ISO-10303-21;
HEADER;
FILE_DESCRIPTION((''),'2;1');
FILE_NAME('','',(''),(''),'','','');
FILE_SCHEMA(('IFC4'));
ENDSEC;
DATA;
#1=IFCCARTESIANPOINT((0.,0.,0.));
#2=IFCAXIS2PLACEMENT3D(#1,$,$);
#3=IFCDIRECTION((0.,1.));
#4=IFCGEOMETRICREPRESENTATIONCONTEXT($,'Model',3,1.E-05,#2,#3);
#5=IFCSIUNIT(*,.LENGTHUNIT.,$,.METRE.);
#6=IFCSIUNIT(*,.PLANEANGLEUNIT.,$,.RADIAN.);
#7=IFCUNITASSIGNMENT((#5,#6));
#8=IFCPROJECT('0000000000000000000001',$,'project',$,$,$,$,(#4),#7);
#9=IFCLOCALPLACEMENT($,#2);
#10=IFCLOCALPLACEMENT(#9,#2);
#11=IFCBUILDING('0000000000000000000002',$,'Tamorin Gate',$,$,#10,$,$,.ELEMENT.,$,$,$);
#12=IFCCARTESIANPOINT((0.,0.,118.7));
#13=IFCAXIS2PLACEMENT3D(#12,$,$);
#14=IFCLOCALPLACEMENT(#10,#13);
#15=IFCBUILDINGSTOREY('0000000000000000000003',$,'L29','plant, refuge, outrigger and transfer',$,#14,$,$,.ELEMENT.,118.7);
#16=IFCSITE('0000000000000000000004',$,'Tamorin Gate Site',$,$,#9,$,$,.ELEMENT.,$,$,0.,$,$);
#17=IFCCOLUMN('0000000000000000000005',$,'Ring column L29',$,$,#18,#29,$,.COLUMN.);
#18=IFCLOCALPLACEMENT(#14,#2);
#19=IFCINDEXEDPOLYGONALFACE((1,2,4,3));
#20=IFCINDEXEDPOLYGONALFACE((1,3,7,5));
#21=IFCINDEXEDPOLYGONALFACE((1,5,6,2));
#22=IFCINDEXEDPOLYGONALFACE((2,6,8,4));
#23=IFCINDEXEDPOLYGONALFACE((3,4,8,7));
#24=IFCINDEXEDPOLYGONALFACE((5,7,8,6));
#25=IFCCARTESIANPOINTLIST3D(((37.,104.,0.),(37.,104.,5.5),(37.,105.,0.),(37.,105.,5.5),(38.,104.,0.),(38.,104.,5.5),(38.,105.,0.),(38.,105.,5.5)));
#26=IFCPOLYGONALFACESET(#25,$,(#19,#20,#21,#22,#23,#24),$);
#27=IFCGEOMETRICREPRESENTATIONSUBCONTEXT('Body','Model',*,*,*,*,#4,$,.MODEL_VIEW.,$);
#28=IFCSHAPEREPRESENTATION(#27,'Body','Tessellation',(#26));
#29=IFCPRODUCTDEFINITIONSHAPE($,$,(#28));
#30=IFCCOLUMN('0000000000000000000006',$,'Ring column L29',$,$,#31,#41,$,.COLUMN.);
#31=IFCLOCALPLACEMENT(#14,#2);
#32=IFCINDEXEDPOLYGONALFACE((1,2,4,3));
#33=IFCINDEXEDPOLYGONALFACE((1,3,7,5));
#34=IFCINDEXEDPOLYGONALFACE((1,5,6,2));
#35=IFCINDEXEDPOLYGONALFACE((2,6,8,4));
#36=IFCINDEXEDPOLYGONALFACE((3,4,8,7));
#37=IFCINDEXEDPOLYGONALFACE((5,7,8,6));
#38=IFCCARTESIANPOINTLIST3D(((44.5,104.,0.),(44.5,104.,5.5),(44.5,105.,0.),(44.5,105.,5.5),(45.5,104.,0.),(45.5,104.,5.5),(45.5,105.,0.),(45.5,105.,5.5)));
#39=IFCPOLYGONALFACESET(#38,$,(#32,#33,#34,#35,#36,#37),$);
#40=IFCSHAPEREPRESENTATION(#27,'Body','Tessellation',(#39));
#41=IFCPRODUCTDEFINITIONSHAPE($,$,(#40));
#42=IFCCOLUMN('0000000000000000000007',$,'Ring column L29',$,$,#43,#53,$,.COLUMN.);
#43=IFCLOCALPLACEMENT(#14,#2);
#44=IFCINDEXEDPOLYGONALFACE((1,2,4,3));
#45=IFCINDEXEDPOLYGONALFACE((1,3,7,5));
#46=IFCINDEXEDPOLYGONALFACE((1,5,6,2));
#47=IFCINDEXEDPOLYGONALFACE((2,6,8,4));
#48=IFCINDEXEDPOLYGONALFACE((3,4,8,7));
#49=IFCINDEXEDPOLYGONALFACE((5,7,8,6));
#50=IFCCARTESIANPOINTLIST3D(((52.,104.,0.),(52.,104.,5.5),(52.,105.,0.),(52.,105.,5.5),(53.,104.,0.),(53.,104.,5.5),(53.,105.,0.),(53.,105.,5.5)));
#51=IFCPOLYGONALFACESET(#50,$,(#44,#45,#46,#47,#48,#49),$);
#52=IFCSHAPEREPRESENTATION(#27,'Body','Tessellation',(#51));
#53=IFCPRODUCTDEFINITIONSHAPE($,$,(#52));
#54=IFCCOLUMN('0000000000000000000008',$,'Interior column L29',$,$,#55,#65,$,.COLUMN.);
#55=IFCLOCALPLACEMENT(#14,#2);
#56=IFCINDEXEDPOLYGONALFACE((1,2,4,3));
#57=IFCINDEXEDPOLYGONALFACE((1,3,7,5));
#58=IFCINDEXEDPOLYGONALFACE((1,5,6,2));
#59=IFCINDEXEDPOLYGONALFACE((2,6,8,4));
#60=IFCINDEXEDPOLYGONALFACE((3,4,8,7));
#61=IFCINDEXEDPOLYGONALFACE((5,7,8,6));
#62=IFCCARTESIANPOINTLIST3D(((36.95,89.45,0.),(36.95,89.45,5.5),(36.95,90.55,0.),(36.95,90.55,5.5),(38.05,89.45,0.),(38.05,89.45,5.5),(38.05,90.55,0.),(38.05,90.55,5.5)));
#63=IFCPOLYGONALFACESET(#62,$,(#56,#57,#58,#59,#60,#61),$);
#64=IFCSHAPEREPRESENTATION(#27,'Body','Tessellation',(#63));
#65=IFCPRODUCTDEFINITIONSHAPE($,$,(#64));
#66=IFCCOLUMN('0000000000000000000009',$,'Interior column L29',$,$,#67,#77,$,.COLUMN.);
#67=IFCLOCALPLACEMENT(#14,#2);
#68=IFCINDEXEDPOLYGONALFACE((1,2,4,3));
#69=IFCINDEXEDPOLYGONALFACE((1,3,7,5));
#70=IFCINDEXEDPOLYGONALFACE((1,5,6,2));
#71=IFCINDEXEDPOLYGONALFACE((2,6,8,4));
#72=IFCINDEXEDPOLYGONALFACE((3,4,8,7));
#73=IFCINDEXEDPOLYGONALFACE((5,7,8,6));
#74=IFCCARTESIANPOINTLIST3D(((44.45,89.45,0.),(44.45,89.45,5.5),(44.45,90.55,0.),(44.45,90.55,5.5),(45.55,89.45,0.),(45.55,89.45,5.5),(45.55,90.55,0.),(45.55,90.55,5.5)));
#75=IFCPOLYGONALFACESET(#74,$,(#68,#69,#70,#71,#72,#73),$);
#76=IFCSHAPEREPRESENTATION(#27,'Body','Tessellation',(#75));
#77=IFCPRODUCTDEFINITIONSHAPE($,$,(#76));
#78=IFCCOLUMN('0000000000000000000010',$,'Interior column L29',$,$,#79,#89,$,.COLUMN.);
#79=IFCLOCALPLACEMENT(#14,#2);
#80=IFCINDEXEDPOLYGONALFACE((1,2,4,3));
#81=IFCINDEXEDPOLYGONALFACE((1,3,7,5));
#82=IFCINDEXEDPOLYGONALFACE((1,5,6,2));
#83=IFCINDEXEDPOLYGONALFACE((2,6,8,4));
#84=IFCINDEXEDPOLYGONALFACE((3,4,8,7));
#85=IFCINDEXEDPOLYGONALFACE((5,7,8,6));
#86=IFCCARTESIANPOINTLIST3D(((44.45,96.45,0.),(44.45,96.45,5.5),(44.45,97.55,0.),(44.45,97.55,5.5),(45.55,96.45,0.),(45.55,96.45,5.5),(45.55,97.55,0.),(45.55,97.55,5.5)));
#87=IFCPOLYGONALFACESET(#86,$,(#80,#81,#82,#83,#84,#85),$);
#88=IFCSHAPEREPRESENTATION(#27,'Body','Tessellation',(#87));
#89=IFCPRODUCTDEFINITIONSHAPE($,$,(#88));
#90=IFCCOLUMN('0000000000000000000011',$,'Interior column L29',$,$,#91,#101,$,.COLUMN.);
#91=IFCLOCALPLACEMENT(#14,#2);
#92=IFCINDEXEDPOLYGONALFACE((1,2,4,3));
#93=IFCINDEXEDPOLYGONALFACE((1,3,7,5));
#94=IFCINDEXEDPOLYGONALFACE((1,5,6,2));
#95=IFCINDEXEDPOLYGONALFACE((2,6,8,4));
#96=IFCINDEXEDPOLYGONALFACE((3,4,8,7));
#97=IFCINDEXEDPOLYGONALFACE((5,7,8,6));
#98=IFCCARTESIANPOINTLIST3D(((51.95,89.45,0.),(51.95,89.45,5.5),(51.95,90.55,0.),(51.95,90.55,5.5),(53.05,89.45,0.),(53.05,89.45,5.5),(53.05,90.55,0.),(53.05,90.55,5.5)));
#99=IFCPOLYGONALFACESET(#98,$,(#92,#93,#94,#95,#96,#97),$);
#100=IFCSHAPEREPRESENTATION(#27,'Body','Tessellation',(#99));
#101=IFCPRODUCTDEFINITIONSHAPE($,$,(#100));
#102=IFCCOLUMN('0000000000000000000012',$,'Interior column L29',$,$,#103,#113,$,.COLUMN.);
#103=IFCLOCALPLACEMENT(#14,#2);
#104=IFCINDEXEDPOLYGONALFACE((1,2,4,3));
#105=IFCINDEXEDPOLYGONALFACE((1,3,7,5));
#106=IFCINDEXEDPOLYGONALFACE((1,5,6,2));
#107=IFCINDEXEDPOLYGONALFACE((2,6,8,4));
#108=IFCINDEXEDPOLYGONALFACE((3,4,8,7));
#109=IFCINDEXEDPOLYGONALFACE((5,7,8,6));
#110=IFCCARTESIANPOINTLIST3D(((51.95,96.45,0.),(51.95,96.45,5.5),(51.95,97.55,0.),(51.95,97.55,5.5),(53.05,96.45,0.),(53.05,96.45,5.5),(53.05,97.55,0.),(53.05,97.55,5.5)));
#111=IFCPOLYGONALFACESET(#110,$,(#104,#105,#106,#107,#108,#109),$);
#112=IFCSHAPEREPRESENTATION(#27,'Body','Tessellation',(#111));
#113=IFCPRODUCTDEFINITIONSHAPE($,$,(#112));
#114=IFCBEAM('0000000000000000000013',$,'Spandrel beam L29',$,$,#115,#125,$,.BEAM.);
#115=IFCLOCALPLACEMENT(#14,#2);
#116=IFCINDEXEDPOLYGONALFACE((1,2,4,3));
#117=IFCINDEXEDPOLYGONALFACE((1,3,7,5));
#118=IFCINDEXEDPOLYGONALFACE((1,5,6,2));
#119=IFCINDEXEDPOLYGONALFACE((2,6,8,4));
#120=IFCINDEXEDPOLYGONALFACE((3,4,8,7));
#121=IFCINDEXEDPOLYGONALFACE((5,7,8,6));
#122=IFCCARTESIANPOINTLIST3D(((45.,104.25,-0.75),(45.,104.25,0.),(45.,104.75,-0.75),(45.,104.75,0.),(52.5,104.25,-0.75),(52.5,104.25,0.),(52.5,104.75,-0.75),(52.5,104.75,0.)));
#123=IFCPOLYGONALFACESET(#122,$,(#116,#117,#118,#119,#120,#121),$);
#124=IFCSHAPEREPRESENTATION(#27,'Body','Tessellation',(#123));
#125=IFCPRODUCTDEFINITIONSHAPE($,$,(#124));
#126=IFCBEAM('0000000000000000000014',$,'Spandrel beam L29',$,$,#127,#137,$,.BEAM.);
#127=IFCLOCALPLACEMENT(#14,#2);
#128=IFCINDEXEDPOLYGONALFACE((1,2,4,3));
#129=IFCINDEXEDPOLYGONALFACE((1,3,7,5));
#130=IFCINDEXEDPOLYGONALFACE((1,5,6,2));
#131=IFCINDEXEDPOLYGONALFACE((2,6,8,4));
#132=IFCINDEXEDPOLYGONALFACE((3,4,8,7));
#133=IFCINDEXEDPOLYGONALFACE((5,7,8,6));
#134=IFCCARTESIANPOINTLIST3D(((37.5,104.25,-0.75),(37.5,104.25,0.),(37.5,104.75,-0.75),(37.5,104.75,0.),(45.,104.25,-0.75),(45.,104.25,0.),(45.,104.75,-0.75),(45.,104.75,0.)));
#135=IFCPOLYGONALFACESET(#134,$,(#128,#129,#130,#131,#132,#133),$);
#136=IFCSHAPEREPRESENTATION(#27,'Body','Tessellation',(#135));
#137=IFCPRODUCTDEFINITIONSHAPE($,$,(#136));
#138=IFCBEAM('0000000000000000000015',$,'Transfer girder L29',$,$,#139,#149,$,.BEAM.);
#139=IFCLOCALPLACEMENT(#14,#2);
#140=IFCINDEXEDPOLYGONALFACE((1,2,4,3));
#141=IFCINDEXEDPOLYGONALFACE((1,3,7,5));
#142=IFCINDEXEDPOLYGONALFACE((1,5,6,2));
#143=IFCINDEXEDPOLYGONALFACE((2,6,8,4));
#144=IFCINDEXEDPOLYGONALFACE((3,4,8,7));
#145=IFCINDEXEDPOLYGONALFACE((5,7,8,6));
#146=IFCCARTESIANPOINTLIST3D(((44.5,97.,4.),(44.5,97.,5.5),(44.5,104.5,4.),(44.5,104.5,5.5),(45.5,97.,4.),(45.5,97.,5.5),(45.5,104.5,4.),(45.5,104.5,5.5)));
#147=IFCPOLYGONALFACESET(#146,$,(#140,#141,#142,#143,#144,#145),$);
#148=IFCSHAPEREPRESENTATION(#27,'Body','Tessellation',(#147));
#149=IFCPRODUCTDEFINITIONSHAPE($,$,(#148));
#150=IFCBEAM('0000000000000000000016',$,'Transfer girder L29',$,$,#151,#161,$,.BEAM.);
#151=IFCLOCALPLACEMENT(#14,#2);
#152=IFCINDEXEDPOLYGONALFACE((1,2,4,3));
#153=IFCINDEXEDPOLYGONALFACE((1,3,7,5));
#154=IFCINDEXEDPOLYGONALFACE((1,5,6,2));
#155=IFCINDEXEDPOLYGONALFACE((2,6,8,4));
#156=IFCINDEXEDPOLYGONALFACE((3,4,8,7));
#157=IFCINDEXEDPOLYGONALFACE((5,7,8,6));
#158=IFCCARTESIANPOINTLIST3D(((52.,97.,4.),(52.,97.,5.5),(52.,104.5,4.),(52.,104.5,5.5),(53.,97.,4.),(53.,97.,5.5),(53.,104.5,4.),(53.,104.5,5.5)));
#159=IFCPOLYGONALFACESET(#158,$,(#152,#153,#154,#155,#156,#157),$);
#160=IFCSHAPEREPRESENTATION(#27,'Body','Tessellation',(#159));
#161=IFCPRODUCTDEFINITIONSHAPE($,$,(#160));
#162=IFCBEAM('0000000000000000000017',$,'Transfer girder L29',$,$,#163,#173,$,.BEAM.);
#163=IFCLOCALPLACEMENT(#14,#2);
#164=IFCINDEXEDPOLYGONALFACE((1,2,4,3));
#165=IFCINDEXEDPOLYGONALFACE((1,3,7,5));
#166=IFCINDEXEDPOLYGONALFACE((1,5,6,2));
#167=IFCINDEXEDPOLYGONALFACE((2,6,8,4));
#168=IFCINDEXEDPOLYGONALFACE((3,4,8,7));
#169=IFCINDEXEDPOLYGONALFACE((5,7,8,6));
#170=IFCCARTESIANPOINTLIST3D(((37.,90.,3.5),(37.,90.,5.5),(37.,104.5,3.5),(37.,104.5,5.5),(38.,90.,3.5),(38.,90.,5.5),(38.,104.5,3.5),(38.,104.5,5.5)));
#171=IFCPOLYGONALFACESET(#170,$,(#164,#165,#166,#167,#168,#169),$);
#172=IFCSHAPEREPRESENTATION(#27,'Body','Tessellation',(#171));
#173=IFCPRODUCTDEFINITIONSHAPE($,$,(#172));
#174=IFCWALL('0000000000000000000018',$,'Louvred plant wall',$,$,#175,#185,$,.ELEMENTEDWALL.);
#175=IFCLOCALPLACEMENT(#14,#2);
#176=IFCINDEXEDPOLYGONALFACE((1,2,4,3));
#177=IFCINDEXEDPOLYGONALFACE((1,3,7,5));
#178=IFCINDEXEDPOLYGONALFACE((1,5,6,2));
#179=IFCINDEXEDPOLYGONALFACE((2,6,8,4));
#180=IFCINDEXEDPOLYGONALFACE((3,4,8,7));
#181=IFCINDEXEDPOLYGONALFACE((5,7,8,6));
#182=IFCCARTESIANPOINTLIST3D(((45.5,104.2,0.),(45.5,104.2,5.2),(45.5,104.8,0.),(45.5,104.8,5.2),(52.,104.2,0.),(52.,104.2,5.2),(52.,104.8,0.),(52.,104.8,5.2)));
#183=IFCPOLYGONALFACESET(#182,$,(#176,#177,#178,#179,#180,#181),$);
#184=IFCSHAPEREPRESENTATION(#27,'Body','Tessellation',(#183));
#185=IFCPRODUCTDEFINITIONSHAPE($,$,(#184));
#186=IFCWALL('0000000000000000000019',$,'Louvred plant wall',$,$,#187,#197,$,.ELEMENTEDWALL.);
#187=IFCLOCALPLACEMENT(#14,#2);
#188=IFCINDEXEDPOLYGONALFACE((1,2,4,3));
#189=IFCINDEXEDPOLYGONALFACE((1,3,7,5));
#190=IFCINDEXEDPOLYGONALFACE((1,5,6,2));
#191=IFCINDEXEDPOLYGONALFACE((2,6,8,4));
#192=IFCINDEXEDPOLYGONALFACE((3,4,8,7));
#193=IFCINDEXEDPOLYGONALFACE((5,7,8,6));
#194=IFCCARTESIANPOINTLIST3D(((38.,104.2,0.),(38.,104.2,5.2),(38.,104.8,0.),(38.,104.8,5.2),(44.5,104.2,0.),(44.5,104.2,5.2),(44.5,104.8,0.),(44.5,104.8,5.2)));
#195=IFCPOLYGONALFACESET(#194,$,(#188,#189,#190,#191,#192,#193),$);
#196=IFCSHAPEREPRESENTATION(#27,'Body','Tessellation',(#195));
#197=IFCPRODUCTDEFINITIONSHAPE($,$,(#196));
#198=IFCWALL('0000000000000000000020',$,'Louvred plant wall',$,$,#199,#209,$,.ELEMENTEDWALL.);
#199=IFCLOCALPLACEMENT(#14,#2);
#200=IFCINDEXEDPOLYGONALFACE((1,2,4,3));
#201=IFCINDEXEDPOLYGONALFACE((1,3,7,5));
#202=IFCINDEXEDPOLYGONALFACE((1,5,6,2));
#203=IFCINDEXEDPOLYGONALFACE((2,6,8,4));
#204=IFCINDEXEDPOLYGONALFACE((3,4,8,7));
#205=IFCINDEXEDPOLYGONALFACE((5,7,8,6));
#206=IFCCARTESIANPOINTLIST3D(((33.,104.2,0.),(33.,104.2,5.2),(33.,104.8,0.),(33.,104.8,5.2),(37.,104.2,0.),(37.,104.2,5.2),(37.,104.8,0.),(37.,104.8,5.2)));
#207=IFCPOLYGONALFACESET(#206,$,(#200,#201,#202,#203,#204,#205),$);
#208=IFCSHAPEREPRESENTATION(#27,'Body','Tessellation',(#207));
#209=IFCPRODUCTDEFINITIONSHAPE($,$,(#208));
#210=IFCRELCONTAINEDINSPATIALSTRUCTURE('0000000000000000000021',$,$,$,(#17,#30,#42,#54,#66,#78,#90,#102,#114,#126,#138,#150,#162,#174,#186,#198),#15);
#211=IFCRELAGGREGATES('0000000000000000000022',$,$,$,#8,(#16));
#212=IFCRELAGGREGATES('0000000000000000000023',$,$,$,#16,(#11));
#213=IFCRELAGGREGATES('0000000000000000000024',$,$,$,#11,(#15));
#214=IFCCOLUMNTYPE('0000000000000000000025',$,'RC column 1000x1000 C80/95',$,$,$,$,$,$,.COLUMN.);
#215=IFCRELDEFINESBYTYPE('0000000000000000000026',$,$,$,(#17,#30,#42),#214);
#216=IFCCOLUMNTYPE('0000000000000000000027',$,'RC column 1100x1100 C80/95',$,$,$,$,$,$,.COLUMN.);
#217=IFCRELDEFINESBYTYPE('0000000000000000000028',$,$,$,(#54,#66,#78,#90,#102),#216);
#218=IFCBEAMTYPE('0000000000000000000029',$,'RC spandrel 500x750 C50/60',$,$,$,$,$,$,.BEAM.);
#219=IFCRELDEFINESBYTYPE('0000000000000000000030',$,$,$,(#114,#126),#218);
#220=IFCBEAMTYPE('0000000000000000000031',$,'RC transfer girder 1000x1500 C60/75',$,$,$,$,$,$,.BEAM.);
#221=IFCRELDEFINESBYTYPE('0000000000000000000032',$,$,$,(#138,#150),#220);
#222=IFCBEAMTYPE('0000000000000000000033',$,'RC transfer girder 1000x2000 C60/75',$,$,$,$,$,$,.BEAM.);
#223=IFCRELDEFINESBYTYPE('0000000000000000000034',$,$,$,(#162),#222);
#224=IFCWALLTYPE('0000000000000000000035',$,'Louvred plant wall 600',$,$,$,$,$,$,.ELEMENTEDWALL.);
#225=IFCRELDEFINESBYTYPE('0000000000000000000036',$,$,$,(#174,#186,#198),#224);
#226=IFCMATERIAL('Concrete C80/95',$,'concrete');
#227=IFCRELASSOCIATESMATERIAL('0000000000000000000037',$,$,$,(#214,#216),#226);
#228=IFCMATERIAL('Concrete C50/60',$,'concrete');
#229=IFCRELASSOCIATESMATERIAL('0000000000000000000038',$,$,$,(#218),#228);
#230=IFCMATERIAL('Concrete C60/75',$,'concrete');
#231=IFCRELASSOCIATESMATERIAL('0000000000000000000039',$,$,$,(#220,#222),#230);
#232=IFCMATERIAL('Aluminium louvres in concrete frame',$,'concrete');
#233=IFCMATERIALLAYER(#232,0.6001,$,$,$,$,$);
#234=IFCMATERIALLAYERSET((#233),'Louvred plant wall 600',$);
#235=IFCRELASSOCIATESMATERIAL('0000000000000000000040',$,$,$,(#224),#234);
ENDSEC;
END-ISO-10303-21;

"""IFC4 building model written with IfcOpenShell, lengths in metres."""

from ifc_helpers import new_model, si_unit, direction, frame, frame_2d, origin, origin_2d, place, context, subcontext, project, spatial, rectangle, extrude, material, layer, layer_set, material_profile, profile_set, type_object, element, save


model = new_model("IFC4")

# Units and contexts
model_context = context("Model", 3, precision=1e-05, world=origin(), true_north=direction((0.0, 1.0)))
body_context = subcontext(model_context, "Body", "Model", "MODEL_VIEW")
ifc_project = project(units=[si_unit("LENGTHUNIT", "METRE"), si_unit("PLANEANGLEUNIT", "RADIAN")], contexts=[model_context])

# Site, building, storey
site_placement = place(None, origin())
site = spatial("IfcSite", under=ifc_project, at=site_placement, Name="Tamorin Gate Site", CompositionType="ELEMENT", RefElevation=0.0)
building_placement = place(site_placement, origin())
building = spatial("IfcBuilding", under=site, at=building_placement, Name="Tamorin Gate", CompositionType="ELEMENT")
storey_placement = place(building_placement, frame((0.0, 0.0, 118.7)))
storey = spatial("IfcBuildingStorey", under=building, at=storey_placement, Name="L29", Description="plant, refuge, outrigger and transfer", CompositionType="ELEMENT", Elevation=118.7)

# Columns
ifc_material_1 = material(Name="Concrete C80/95", Category="concrete")
ifc_material_profile_1 = material_profile(ifc_material_1, rectangle(XDim=1.0, YDim=1.0, at=origin_2d()), Name="RC 1000x1000")
ifc_profile_set_1 = profile_set([ifc_material_profile_1], Name="Concrete C80/95")
column_type_1 = type_object("IfcColumnType", Name="RC column 1000x1000 C80/95", PredefinedType="COLUMN", material=ifc_profile_set_1)
for number, where, z_axis, x_axis, name in (
    (1, (37.5, 104.5, 0.0), (0.0, 0.0, 1.0), (1.0, 0.0, 0.0), "Ring column L29"),
    (2, (45.0, 104.5, 0.0), (0.0, 0.0, 1.0), (1.0, 0.0, 0.0), "Ring column L29"),
    (3, (52.5, 104.5, 0.0), (0.0, 0.0, 1.0), (1.0, 0.0, 0.0), "Ring column L29"),
):
    element("IfcColumn", number, at=place(storey_placement, frame(where, z_axis=z_axis, x_axis=x_axis)), inside=storey, type_object=column_type_1, Name=name, PredefinedType="COLUMN", context=body_context, shape_type="SweptSolid", body=[
        extrude(rectangle(XDim=1.0, YDim=1.0, at=origin_2d()), origin(), (0.0, 0.0, 1.0), 5.5),
    ])
ifc_material_profile_2 = material_profile(ifc_material_1, rectangle(XDim=1.1001, YDim=1.1001, at=origin_2d()), Name="RC 1100x1100")
ifc_profile_set_2 = profile_set([ifc_material_profile_2], Name="Concrete C80/95")
column_type_2 = type_object("IfcColumnType", Name="RC column 1100x1100 C80/95", PredefinedType="COLUMN", material=ifc_profile_set_2)
for number, where, z_axis, x_axis, name in (
    (4, (37.5, 90.0, 0.0), (0.0, 0.0, 1.0), (1.0, 0.0, 0.0), "Interior column L29"),
    (5, (45.0, 90.0, 0.0), (0.0, 0.0, 1.0), (1.0, 0.0, 0.0), "Interior column L29"),
    (6, (45.0, 97.0, 0.0), (0.0, 0.0, 1.0), (1.0, 0.0, 0.0), "Interior column L29"),
    (7, (52.5, 90.0, 0.0), (0.0, 0.0, 1.0), (1.0, 0.0, 0.0), "Interior column L29"),
    (8, (52.5, 97.0, 0.0), (0.0, 0.0, 1.0), (1.0, 0.0, 0.0), "Interior column L29"),
):
    element("IfcColumn", number, at=place(storey_placement, frame(where, z_axis=z_axis, x_axis=x_axis)), inside=storey, type_object=column_type_2, Name=name, PredefinedType="COLUMN", context=body_context, shape_type="SweptSolid", body=[
        extrude(rectangle(XDim=1.1001, YDim=1.1001, at=origin_2d()), origin(), (0.0, 0.0, 1.0), 5.5),
    ])

# Beams
ifc_material_2 = material(Name="Concrete C50/60", Category="concrete")
ifc_material_profile_3 = material_profile(ifc_material_2, rectangle(XDim=0.5, YDim=0.75, at=origin_2d()), Name="RC 500x750")
ifc_profile_set_3 = profile_set([ifc_material_profile_3], Name="Concrete C50/60")
beam_type_1 = type_object("IfcBeamType", Name="RC spandrel 500x750 C50/60", PredefinedType="BEAM", material=ifc_profile_set_3)
for number, where, z_axis, x_axis, name in (
    (9, (52.5, 104.5, -0.375), (-1.0, 0.0, 0.0), (0.0, -1.0, 0.0), "Spandrel beam L29"),
    (10, (45.0, 104.5, -0.375), (-1.0, 0.0, 0.0), (0.0, -1.0, 0.0), "Spandrel beam L29"),
):
    element("IfcBeam", number, at=place(storey_placement, frame(where, z_axis=z_axis, x_axis=x_axis)), inside=storey, type_object=beam_type_1, Name=name, PredefinedType="BEAM", context=body_context, shape_type="SweptSolid", body=[
        extrude(rectangle(XDim=0.5, YDim=0.75, at=origin_2d()), origin(), (0.0, 0.0, 1.0), 7.5),
    ])
ifc_material_3 = material(Name="Concrete C60/75", Category="concrete")
ifc_material_profile_4 = material_profile(ifc_material_3, rectangle(XDim=1.0, YDim=1.5, at=origin_2d()), Name="RC 1000x1500")
ifc_profile_set_4 = profile_set([ifc_material_profile_4], Name="Concrete C60/75")
beam_type_2 = type_object("IfcBeamType", Name="RC transfer girder 1000x1500 C60/75", PredefinedType="BEAM", material=ifc_profile_set_4)
for number, where, z_axis, x_axis, name in (
    (11, (45.0, 97.0, 4.75), (0.0, 1.0, 0.0), (-1.0, 0.0, 0.0), "Transfer girder L29"),
    (12, (52.5, 97.0, 4.75), (0.0, 1.0, 0.0), (-1.0, 0.0, 0.0), "Transfer girder L29"),
):
    element("IfcBeam", number, at=place(storey_placement, frame(where, z_axis=z_axis, x_axis=x_axis)), inside=storey, type_object=beam_type_2, Name=name, PredefinedType="BEAM", context=body_context, shape_type="SweptSolid", body=[
        extrude(rectangle(XDim=1.0, YDim=1.5, at=origin_2d()), origin(), (0.0, 0.0, 1.0), 7.5),
    ])
ifc_material_profile_5 = material_profile(ifc_material_3, rectangle(XDim=1.0, YDim=2.0, at=origin_2d()), Name="RC 1000x2000")
ifc_profile_set_5 = profile_set([ifc_material_profile_5], Name="Concrete C60/75")
beam_type_3 = type_object("IfcBeamType", Name="RC transfer girder 1000x2000 C60/75", PredefinedType="BEAM", material=ifc_profile_set_5)
beam_placement = place(storey_placement, frame((37.5, 90.0, 4.5), z_axis=(0.0, 1.0, 0.0), x_axis=(-1.0, 0.0, 0.0)))
element("IfcBeam", 13, at=beam_placement, inside=storey, type_object=beam_type_3, Name="Transfer girder L29", PredefinedType="BEAM", context=body_context, shape_type="SweptSolid", body=[
    extrude(rectangle(XDim=1.0, YDim=2.0, at=origin_2d()), origin(), (0.0, 0.0, 1.0), 14.5),
])

# Walls
ifc_material_4 = material(Name="Aluminium louvres in concrete frame", Category="concrete")
ifc_layer_1 = layer(ifc_material_4, 0.6001)
ifc_layer_set_1 = layer_set([ifc_layer_1], Name="Louvred plant wall 600")
wall_type_1 = type_object("IfcWallType", Name="Louvred plant wall 600", PredefinedType="ELEMENTEDWALL", material=ifc_layer_set_1)
for number, where, z_axis, x_axis, name in (
    (14, (52.0, 104.5, 0.0), (0.0, 0.0, 1.0), (-1.0, 0.0, 0.0), "Louvred plant wall"),
    (15, (44.5, 104.5, 0.0), (0.0, 0.0, 1.0), (-1.0, 0.0, 0.0), "Louvred plant wall"),
):
    element("IfcWall", number, at=place(storey_placement, frame(where, z_axis=z_axis, x_axis=x_axis)), inside=storey, type_object=wall_type_1, Name=name, PredefinedType="ELEMENTEDWALL", context=body_context, shape_type="SweptSolid", body=[
        extrude(rectangle(XDim=6.5, YDim=0.6001, at=frame_2d((3.25, 0.0))), origin(), (0.0, 0.0, 1.0), 5.2),
    ])
wall_1_placement = place(storey_placement, frame((37.0, 104.5, 0.0), z_axis=(0.0, 0.0, 1.0), x_axis=(-1.0, 0.0, 0.0)))
element("IfcWall", 16, at=wall_1_placement, inside=storey, type_object=wall_type_1, Name="Louvred plant wall", PredefinedType="ELEMENTEDWALL", context=body_context, shape_type="SweptSolid", body=[
    extrude(rectangle(XDim=4.0, YDim=0.6001, at=frame_2d((2.0, 0.0))), origin(), (0.0, 0.0, 1.0), 5.2),
])

save(model, "model.ifc")
